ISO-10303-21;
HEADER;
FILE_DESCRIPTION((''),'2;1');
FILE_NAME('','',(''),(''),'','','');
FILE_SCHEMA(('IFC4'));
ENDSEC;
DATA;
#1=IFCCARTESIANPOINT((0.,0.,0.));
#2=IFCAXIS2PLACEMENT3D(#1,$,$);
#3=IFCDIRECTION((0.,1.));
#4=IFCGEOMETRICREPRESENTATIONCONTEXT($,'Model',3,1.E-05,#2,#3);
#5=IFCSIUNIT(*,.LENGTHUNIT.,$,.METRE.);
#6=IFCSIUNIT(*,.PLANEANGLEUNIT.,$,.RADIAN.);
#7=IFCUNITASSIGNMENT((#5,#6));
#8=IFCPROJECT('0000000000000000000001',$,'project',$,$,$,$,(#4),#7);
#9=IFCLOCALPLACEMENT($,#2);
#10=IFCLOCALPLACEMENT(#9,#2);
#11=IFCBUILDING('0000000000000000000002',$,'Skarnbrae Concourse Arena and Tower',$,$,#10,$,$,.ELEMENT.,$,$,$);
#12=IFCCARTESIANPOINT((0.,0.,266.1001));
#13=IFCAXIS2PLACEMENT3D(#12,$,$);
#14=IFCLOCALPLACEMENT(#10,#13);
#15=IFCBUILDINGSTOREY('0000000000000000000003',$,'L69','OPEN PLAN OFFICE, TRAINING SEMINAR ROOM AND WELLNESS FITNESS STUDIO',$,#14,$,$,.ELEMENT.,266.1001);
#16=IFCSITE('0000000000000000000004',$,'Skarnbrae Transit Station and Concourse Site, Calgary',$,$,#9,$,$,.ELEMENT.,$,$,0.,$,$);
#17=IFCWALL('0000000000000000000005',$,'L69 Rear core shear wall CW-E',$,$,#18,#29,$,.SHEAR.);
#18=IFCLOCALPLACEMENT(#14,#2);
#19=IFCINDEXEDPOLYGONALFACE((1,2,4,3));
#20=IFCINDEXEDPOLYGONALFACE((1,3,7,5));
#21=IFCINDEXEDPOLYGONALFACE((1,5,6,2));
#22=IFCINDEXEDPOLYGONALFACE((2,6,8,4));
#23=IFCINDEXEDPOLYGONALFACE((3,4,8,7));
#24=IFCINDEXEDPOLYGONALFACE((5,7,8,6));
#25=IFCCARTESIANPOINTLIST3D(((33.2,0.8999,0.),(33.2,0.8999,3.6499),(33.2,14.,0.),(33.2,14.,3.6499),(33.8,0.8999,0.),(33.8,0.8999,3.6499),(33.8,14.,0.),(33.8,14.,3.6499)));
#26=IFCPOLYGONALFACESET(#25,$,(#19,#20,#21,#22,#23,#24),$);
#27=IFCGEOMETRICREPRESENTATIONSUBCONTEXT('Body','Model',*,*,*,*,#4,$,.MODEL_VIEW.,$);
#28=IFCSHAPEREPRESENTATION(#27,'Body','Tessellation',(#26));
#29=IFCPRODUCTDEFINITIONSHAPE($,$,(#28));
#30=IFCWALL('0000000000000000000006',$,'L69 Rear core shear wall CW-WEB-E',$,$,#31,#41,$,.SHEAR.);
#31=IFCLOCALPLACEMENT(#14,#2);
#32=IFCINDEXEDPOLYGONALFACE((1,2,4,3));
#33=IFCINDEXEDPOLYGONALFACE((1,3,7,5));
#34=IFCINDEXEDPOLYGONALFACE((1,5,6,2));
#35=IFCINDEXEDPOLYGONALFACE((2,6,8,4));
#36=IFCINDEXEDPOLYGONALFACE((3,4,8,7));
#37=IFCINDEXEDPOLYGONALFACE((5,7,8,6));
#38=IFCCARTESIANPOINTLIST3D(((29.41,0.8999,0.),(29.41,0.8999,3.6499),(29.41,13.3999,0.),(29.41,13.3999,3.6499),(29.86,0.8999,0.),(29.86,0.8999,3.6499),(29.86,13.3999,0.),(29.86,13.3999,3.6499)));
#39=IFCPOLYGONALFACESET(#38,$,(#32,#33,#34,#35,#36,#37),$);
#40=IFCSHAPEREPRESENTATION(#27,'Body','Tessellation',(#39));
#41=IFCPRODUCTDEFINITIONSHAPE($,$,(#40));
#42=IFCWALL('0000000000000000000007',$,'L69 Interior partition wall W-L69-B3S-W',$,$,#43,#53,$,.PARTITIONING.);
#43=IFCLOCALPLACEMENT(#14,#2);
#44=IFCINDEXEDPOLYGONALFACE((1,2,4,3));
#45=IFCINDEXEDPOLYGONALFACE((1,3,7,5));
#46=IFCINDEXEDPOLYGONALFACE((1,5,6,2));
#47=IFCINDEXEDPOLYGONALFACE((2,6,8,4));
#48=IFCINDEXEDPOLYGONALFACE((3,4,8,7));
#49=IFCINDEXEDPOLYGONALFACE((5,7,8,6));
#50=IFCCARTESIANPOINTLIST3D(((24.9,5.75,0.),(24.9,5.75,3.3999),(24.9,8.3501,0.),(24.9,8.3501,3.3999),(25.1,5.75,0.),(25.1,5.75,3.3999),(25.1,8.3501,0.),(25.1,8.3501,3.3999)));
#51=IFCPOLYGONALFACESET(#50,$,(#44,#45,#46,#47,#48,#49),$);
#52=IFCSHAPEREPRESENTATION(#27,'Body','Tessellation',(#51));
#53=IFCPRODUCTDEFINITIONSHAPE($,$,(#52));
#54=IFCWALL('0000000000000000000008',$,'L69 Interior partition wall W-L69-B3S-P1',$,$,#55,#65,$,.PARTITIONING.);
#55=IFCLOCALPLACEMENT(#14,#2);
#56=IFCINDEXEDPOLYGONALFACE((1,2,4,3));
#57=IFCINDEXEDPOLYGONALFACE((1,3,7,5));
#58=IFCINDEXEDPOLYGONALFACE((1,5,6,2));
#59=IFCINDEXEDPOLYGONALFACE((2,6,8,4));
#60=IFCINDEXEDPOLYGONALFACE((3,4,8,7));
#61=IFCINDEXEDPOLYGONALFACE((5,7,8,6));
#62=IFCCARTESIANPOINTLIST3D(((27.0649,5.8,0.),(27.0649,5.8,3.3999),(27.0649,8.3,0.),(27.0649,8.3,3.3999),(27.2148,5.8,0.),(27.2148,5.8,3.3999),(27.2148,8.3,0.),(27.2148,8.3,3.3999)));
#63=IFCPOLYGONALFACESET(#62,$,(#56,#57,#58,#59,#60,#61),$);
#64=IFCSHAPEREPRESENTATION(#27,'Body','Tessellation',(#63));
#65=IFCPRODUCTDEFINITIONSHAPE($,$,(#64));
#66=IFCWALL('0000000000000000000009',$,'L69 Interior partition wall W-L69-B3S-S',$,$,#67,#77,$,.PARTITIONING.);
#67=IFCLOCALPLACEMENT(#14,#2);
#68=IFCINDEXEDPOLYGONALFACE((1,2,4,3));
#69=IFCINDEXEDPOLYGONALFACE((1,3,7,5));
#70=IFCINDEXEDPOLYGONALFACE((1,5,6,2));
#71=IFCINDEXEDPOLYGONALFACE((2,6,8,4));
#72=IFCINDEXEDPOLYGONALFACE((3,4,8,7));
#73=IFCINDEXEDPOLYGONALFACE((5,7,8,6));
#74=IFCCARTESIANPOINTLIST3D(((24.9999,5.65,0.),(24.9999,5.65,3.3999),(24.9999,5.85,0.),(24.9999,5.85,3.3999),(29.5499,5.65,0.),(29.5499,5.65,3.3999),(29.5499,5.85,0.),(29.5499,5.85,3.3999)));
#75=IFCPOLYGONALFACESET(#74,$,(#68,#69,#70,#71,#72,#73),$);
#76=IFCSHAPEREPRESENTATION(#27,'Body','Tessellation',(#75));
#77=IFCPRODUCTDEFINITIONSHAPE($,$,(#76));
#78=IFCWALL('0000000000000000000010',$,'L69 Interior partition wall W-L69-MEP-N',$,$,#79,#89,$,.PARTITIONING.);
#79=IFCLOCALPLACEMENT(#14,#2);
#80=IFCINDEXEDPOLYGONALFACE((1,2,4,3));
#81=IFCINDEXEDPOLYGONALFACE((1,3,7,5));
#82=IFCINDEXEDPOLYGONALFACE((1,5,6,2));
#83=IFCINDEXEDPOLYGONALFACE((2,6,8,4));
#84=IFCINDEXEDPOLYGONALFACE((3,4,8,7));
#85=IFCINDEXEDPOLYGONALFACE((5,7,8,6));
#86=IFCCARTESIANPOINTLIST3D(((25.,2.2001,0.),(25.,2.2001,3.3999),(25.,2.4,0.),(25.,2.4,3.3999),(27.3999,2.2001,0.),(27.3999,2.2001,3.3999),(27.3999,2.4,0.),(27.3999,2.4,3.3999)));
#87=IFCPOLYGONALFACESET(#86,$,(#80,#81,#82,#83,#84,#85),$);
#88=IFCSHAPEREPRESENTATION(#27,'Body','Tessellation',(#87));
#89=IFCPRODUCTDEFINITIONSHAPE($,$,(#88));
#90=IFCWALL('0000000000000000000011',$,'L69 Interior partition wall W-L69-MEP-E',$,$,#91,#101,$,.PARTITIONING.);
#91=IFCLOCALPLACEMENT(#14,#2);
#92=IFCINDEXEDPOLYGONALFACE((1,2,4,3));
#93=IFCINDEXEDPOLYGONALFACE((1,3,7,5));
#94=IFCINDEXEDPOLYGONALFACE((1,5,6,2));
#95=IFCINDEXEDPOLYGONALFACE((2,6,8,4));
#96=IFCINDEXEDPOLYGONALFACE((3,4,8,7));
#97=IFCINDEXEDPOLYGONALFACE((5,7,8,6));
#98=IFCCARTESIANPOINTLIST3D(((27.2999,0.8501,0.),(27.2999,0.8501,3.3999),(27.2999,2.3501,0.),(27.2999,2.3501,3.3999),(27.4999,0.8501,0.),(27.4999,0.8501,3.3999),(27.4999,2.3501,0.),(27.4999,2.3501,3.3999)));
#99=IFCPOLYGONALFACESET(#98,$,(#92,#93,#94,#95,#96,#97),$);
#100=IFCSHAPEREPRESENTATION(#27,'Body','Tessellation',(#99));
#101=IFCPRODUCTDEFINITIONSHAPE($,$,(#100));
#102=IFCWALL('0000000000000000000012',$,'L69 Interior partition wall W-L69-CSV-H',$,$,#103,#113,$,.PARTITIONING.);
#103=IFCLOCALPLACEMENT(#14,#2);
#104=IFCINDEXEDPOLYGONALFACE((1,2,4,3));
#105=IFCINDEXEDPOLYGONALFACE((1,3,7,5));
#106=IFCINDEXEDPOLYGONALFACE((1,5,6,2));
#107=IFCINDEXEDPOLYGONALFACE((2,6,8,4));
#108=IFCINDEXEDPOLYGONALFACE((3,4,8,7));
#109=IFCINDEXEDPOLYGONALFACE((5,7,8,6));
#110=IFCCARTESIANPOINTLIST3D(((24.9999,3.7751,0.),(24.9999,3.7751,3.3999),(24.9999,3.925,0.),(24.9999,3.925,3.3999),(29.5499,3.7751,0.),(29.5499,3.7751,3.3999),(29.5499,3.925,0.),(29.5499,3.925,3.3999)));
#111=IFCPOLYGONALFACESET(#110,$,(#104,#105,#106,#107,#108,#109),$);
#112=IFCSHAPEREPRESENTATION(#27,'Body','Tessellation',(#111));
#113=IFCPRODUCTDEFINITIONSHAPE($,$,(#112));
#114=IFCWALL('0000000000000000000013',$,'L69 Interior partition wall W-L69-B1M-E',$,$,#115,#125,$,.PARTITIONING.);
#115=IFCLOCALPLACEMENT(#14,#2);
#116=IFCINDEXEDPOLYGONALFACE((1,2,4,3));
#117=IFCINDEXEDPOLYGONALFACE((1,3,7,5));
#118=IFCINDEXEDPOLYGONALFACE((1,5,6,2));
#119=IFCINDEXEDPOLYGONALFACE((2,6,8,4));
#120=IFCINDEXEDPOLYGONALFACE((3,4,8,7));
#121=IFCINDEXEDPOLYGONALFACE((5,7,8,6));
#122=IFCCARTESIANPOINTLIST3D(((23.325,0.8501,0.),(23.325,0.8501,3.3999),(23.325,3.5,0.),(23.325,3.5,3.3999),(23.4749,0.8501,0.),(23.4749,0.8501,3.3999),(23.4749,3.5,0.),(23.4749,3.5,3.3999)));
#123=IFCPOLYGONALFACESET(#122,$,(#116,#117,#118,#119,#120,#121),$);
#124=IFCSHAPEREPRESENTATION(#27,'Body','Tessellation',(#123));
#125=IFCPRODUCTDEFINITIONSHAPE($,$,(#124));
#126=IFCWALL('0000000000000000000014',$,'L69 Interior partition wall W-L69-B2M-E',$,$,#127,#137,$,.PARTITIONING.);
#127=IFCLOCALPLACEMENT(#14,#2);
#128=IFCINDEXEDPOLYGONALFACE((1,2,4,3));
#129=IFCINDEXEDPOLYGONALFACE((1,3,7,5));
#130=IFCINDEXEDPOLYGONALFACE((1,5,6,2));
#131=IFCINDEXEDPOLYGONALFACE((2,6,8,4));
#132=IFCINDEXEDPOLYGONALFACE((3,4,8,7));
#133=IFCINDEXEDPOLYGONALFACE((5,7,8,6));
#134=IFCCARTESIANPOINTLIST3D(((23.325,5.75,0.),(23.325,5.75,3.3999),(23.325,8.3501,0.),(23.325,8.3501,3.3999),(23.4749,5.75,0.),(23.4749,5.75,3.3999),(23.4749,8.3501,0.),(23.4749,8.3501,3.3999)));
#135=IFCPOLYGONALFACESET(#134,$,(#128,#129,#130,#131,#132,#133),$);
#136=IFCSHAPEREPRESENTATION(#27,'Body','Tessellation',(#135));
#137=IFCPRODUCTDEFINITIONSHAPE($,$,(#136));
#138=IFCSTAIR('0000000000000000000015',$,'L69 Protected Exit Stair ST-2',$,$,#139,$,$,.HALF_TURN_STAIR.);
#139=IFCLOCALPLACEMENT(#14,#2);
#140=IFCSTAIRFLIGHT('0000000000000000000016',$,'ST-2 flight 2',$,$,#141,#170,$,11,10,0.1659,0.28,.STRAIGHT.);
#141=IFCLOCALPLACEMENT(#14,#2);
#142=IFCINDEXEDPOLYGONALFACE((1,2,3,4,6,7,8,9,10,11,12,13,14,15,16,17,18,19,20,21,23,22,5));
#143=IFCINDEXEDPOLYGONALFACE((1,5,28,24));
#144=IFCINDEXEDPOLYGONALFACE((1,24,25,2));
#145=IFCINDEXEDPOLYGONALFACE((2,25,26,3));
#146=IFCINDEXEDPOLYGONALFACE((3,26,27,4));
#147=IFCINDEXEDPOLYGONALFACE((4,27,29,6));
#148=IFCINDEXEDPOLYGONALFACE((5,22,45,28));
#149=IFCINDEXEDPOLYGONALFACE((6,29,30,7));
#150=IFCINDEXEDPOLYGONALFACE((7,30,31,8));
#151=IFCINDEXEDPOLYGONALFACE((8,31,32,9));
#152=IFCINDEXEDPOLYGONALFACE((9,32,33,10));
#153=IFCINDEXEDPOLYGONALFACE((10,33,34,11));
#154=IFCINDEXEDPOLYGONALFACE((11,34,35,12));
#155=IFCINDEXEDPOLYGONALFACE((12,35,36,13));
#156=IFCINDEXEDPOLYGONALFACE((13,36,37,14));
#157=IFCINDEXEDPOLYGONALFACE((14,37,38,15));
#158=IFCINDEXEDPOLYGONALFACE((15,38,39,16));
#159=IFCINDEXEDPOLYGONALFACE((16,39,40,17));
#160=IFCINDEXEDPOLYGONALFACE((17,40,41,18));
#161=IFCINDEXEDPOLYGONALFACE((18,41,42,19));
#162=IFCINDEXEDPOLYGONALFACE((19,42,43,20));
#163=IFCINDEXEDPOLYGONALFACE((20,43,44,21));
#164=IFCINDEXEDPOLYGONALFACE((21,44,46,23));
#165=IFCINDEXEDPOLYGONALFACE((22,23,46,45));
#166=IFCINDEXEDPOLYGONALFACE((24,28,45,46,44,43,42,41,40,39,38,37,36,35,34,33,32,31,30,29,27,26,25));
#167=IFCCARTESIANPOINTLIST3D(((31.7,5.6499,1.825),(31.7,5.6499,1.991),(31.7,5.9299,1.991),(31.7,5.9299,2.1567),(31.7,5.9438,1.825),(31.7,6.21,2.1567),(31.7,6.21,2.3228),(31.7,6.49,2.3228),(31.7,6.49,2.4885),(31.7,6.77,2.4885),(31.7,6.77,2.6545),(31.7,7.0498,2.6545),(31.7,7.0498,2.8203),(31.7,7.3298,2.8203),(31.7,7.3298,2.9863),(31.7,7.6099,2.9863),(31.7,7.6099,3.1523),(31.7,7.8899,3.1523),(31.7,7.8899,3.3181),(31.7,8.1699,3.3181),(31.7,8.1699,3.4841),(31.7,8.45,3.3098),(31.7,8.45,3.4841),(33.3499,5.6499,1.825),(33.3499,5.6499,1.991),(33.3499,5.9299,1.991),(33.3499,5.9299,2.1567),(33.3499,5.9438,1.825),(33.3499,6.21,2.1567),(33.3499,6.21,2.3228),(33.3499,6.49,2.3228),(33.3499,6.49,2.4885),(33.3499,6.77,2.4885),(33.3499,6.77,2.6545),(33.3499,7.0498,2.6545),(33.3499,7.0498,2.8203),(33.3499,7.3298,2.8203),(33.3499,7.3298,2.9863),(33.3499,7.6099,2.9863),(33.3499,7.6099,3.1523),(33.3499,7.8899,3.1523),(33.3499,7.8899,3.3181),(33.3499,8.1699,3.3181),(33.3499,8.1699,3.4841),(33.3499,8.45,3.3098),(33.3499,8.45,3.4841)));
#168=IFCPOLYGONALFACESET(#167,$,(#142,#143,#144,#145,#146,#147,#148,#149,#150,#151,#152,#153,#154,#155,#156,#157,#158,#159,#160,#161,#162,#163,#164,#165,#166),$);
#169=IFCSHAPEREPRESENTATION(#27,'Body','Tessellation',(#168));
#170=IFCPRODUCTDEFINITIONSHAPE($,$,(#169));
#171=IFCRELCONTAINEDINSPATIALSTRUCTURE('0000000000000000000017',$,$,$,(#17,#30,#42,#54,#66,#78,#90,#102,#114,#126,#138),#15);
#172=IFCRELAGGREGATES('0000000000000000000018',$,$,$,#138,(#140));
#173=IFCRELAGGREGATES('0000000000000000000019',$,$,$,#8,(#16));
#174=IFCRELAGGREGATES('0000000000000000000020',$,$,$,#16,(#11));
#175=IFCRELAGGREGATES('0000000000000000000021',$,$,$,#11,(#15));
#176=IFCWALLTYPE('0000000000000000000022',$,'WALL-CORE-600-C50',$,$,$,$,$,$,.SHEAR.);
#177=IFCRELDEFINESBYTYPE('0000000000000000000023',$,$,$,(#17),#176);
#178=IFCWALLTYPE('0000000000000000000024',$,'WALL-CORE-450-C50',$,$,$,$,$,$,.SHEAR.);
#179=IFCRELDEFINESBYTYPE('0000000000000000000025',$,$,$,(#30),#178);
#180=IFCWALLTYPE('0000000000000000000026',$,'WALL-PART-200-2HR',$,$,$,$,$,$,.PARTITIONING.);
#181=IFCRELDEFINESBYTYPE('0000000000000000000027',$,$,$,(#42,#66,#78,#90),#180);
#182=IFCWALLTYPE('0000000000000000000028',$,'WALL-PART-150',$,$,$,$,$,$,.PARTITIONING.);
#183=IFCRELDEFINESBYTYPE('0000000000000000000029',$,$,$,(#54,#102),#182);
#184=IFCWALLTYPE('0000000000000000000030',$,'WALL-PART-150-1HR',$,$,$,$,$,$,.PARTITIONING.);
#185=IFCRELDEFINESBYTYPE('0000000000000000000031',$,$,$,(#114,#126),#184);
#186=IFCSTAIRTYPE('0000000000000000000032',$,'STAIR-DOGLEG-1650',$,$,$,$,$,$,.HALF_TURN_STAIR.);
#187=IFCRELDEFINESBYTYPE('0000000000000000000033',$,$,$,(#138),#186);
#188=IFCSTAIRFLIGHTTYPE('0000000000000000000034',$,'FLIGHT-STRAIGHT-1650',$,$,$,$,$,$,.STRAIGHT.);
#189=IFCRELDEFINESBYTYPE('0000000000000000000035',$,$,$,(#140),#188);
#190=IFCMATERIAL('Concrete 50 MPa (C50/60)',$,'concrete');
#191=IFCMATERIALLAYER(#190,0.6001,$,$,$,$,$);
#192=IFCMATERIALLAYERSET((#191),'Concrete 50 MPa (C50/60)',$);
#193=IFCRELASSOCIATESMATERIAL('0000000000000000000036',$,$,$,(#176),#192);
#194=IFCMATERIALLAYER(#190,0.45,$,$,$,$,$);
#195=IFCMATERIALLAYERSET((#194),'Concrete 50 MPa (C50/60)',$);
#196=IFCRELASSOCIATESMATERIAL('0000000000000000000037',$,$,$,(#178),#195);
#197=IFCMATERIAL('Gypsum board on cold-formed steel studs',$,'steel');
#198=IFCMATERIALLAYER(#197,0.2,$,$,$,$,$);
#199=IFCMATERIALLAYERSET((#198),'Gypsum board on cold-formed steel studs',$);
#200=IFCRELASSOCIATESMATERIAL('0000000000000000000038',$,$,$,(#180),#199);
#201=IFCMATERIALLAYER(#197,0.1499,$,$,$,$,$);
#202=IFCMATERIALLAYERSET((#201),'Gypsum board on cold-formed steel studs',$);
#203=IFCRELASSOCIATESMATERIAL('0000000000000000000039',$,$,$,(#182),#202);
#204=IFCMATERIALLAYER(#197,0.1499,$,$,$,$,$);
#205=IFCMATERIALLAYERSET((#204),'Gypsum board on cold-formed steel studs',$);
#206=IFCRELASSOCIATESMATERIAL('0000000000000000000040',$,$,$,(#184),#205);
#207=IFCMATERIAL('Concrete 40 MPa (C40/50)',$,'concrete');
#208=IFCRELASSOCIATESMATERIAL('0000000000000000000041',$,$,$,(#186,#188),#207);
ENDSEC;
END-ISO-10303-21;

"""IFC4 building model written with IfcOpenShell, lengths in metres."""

from ifc_helpers import new_model, si_unit, direction, frame, frame_2d, origin, place, context, subcontext, project, spatial, polyline, rectangle, outline, extrude, source, transform, mapped, material, layer, layer_set, type_object, element, aggregate, save


model = new_model("IFC4")

# Units and contexts
model_context = context("Model", 3, precision=1e-05, world=origin(), true_north=direction((0.0, 1.0)))
body_context = subcontext(model_context, "Body", "Model", "MODEL_VIEW")
ifc_project = project(units=[si_unit("LENGTHUNIT", "METRE"), si_unit("PLANEANGLEUNIT", "RADIAN")], contexts=[model_context])

# Site, building, storey
site_placement = place(None, origin())
site = spatial("IfcSite", under=ifc_project, at=site_placement, Name="Skarnbrae Transit Station and Concourse Site, Calgary", CompositionType="ELEMENT", RefElevation=0.0)
building_placement = place(site_placement, origin())
building = spatial("IfcBuilding", under=site, at=building_placement, Name="Skarnbrae Concourse Arena and Tower", CompositionType="ELEMENT")
storey_placement = place(building_placement, frame((0.0, 0.0, 266.1001)))
storey = spatial("IfcBuildingStorey", under=building, at=storey_placement, Name="L69", Description="OPEN PLAN OFFICE, TRAINING SEMINAR ROOM AND WELLNESS FITNESS STUDIO", CompositionType="ELEMENT", Elevation=266.1001)

# Walls
ifc_material_1 = material(Name="Concrete 50 MPa (C50/60)", Category="concrete")
ifc_layer_1 = layer(ifc_material_1, 0.6001)
ifc_layer_set_1 = layer_set([ifc_layer_1], Name="Concrete 50 MPa (C50/60)")
wall_type_1 = type_object("IfcWallType", Name="WALL-CORE-600-C50", PredefinedType="SHEAR", material=ifc_layer_set_1)
shared_shape_1 = source(origin(), body_context, "Body", "SweptSolid", [
    extrude(rectangle(XDim=13.1001, YDim=0.6001, at=frame_2d((6.55, 0.0))), origin(), (0.0, 0.0, 1.0), 3.6499),
])
wall_1_placement = place(storey_placement, frame((33.5, 0.8999, 0.0), z_axis=(0.0, 0.0, 1.0), x_axis=(0.0, 1.0, 0.0)))
element("IfcWall", 1, at=wall_1_placement, inside=storey, type_object=wall_type_1, Name="L69 Rear core shear wall CW-E", PredefinedType="SHEAR", context=body_context, shape_type="MappedRepresentation", body=[
    mapped(shared_shape_1, transform((0.0, 0.0, 0.0))),
])
ifc_layer_2 = layer(ifc_material_1, 0.45)
ifc_layer_set_2 = layer_set([ifc_layer_2], Name="Concrete 50 MPa (C50/60)")
wall_type_2 = type_object("IfcWallType", Name="WALL-CORE-450-C50", PredefinedType="SHEAR", material=ifc_layer_set_2)
shared_shape_2 = source(origin(), body_context, "Body", "SweptSolid", [
    extrude(rectangle(XDim=12.5, YDim=0.45, at=frame_2d((6.25, 0.0))), origin(), (0.0, 0.0, 1.0), 3.6499),
])
wall_2_placement = place(storey_placement, frame((29.635, 0.8999, 0.0), z_axis=(0.0, 0.0, 1.0), x_axis=(0.0, 1.0, 0.0)))
element("IfcWall", 2, at=wall_2_placement, inside=storey, type_object=wall_type_2, Name="L69 Rear core shear wall CW-WEB-E", PredefinedType="SHEAR", context=body_context, shape_type="MappedRepresentation", body=[
    mapped(shared_shape_2, transform((0.0, 0.0, 0.0))),
])
ifc_material_2 = material(Name="Gypsum board on cold-formed steel studs", Category="steel")
ifc_layer_3 = layer(ifc_material_2, 0.2)
ifc_layer_set_3 = layer_set([ifc_layer_3], Name="Gypsum board on cold-formed steel studs")
wall_type_3 = type_object("IfcWallType", Name="WALL-PART-200-2HR", PredefinedType="PARTITIONING", material=ifc_layer_set_3)
shared_shape_3 = source(origin(), body_context, "Body", "SweptSolid", [
    extrude(rectangle(XDim=2.6001, YDim=0.2, at=frame_2d((1.3, 0.0))), origin(), (0.0, 0.0, 1.0), 3.3999),
])
wall_3_placement = place(storey_placement, frame((25.0, 5.75, 0.0), z_axis=(0.0, 0.0, 1.0), x_axis=(0.0, 1.0, 0.0)))
element("IfcWall", 3, at=wall_3_placement, inside=storey, type_object=wall_type_3, Name="L69 Interior partition wall W-L69-B3S-W", PredefinedType="PARTITIONING", context=body_context, shape_type="MappedRepresentation", body=[
    mapped(shared_shape_3, transform((0.0, 0.0, 0.0))),
])
ifc_layer_4 = layer(ifc_material_2, 0.1499)
ifc_layer_set_4 = layer_set([ifc_layer_4], Name="Gypsum board on cold-formed steel studs")
wall_type_4 = type_object("IfcWallType", Name="WALL-PART-150", PredefinedType="PARTITIONING", material=ifc_layer_set_4)
shared_shape_4 = source(origin(), body_context, "Body", "SweptSolid", [
    extrude(rectangle(XDim=2.5, YDim=0.1499, at=frame_2d((1.25, 0.0))), origin(), (0.0, 0.0, 1.0), 3.3999),
])
wall_4_placement = place(storey_placement, frame((27.1399, 5.8, 0.0), z_axis=(0.0, 0.0, 1.0), x_axis=(0.0, 1.0, 0.0)))
element("IfcWall", 4, at=wall_4_placement, inside=storey, type_object=wall_type_4, Name="L69 Interior partition wall W-L69-B3S-P1", PredefinedType="PARTITIONING", context=body_context, shape_type="MappedRepresentation", body=[
    mapped(shared_shape_4, transform((0.0, 0.0, 0.0))),
])

# Shared definitions
shared_shape_5 = source(origin(), body_context, "Body", "SweptSolid", [
    extrude(rectangle(XDim=4.55, YDim=0.2, at=frame_2d((2.2749, 0.0))), origin(), (0.0, 0.0, 1.0), 3.3999),
])

# Wall
wall_5_placement = place(storey_placement, frame((25.0, 5.75, 0.0), z_axis=(0.0, 0.0, 1.0), x_axis=(1.0, 0.0, 0.0)))
element("IfcWall", 5, at=wall_5_placement, inside=storey, type_object=wall_type_3, Name="L69 Interior partition wall W-L69-B3S-S", PredefinedType="PARTITIONING", context=body_context, shape_type="MappedRepresentation", body=[
    mapped(shared_shape_5, transform((0.0, 0.0, 0.0))),
])

# Shared definitions
ifc_layer_5 = layer(ifc_material_2, 0.1499)
ifc_layer_set_5 = layer_set([ifc_layer_5], Name="Gypsum board on cold-formed steel studs")
wall_type_5 = type_object("IfcWallType", Name="WALL-PART-150-1HR", PredefinedType="PARTITIONING", material=ifc_layer_set_5)

# Walls
shared_shape_6 = source(origin(), body_context, "Body", "SweptSolid", [
    extrude(rectangle(XDim=2.3999, YDim=0.2, at=frame_2d((1.2, 0.0))), origin(), (0.0, 0.0, 1.0), 3.3999),
])
wall_6_placement = place(storey_placement, frame((25.0, 2.3, 0.0), z_axis=(0.0, 0.0, 1.0), x_axis=(1.0, 0.0, 0.0)))
element("IfcWall", 6, at=wall_6_placement, inside=storey, type_object=wall_type_3, Name="L69 Interior partition wall W-L69-MEP-N", PredefinedType="PARTITIONING", context=body_context, shape_type="MappedRepresentation", body=[
    mapped(shared_shape_6, transform((0.0, 0.0, 0.0))),
])
shared_shape_7 = source(origin(), body_context, "Body", "SweptSolid", [
    extrude(rectangle(XDim=1.5, YDim=0.2, at=frame_2d((0.75, 0.0))), origin(), (0.0, 0.0, 1.0), 3.3999),
])
wall_7_placement = place(storey_placement, frame((27.3999, 0.8501, 0.0), z_axis=(0.0, 0.0, 1.0), x_axis=(0.0, 1.0, 0.0)))
element("IfcWall", 7, at=wall_7_placement, inside=storey, type_object=wall_type_3, Name="L69 Interior partition wall W-L69-MEP-E", PredefinedType="PARTITIONING", context=body_context, shape_type="MappedRepresentation", body=[
    mapped(shared_shape_7, transform((0.0, 0.0, 0.0))),
])
shared_shape_8 = source(origin(), body_context, "Body", "SweptSolid", [
    extrude(rectangle(XDim=4.55, YDim=0.1499, at=frame_2d((2.2749, 0.0))), origin(), (0.0, 0.0, 1.0), 3.3999),
])
wall_8_placement = place(storey_placement, frame((25.0, 3.8501, 0.0), z_axis=(0.0, 0.0, 1.0), x_axis=(1.0, 0.0, 0.0)))
element("IfcWall", 8, at=wall_8_placement, inside=storey, type_object=wall_type_4, Name="L69 Interior partition wall W-L69-CSV-H", PredefinedType="PARTITIONING", context=body_context, shape_type="MappedRepresentation", body=[
    mapped(shared_shape_8, transform((0.0, 0.0, 0.0))),
])
shared_shape_9 = source(origin(), body_context, "Body", "SweptSolid", [
    extrude(rectangle(XDim=2.6499, YDim=0.1499, at=frame_2d((1.325, 0.0))), origin(), (0.0, 0.0, 1.0), 3.3999),
])
wall_9_placement = place(storey_placement, frame((23.3999, 0.8501, 0.0), z_axis=(0.0, 0.0, 1.0), x_axis=(0.0, 1.0, 0.0)))
element("IfcWall", 9, at=wall_9_placement, inside=storey, type_object=wall_type_5, Name="L69 Interior partition wall W-L69-B1M-E", PredefinedType="PARTITIONING", context=body_context, shape_type="MappedRepresentation", body=[
    mapped(shared_shape_9, transform((0.0, 0.0, 0.0))),
])
shared_shape_10 = source(origin(), body_context, "Body", "SweptSolid", [
    extrude(rectangle(XDim=2.6001, YDim=0.1499, at=frame_2d((1.3, 0.0))), origin(), (0.0, 0.0, 1.0), 3.3999),
])
wall_10_placement = place(storey_placement, frame((23.3999, 5.75, 0.0), z_axis=(0.0, 0.0, 1.0), x_axis=(0.0, 1.0, 0.0)))
element("IfcWall", 10, at=wall_10_placement, inside=storey, type_object=wall_type_5, Name="L69 Interior partition wall W-L69-B2M-E", PredefinedType="PARTITIONING", context=body_context, shape_type="MappedRepresentation", body=[
    mapped(shared_shape_10, transform((0.0, 0.0, 0.0))),
])

# Stair, stair flight
ifc_material_3 = material(Name="Concrete 40 MPa (C40/50)", Category="concrete")
stair_type = type_object("IfcStairType", Name="STAIR-DOGLEG-1650", PredefinedType="HALF_TURN_STAIR", material=ifc_material_3)
stair_placement = place(storey_placement, origin())
stair = element("IfcStair", 11, at=stair_placement, inside=storey, type_object=stair_type, Name="L69 Protected Exit Stair ST-2", PredefinedType="HALF_TURN_STAIR")
stair_flight_type = type_object("IfcStairFlightType", Name="FLIGHT-STRAIGHT-1650", PredefinedType="STRAIGHT", material=ifc_material_3)
shared_shape_11 = source(origin(), body_context, "Body", "SweptSolid", [
    extrude(outline(polyline([(0.0, 0.0), (0.0, 0.166), (0.28, 0.166), (0.28, 0.3318), (0.5601, 0.3318), (0.5601, 0.4978), (0.8401, 0.4978), (0.8401, 0.6636), (1.1201, 0.6636), (1.1201, 0.8296), (1.3999, 0.8296), (1.3999, 0.9954), (1.6799, 0.9954), (1.6799, 1.1614), (1.96, 1.1614), (1.96, 1.3274), (2.24, 1.3274), (2.24, 1.4932), (2.52, 1.4932), (2.52, 1.6592), (2.8, 1.6592), (2.8, 1.825), (2.8, 1.4849), (0.2939, 0.0), (0.0, 0.0)])), frame((0.0, 0.825, 0.0), z_axis=(0.0, -1.0, 0.0), x_axis=(1.0, 0.0, 0.0)), (0.0, 0.0, 1.0), 1.6499),
])
stair_flight_placement = place(storey_placement, frame((32.5249, 5.6499, 1.825), z_axis=(0.0, 0.0, 1.0), x_axis=(0.0, 1.0, 0.0)))
stair_flight = element("IfcStairFlight", 12, at=stair_flight_placement, type_object=stair_flight_type, Name="ST-2 flight 2", NumberOfRisers=11, NumberOfTreads=10, PredefinedType="STRAIGHT", RiserHeight=0.1659, TreadLength=0.28, context=body_context, shape_type="MappedRepresentation", body=[
    mapped(shared_shape_11, transform((0.0, 0.0, 0.0))),
])
aggregate(stair, [stair_flight])

save(model, "model.ifc")
